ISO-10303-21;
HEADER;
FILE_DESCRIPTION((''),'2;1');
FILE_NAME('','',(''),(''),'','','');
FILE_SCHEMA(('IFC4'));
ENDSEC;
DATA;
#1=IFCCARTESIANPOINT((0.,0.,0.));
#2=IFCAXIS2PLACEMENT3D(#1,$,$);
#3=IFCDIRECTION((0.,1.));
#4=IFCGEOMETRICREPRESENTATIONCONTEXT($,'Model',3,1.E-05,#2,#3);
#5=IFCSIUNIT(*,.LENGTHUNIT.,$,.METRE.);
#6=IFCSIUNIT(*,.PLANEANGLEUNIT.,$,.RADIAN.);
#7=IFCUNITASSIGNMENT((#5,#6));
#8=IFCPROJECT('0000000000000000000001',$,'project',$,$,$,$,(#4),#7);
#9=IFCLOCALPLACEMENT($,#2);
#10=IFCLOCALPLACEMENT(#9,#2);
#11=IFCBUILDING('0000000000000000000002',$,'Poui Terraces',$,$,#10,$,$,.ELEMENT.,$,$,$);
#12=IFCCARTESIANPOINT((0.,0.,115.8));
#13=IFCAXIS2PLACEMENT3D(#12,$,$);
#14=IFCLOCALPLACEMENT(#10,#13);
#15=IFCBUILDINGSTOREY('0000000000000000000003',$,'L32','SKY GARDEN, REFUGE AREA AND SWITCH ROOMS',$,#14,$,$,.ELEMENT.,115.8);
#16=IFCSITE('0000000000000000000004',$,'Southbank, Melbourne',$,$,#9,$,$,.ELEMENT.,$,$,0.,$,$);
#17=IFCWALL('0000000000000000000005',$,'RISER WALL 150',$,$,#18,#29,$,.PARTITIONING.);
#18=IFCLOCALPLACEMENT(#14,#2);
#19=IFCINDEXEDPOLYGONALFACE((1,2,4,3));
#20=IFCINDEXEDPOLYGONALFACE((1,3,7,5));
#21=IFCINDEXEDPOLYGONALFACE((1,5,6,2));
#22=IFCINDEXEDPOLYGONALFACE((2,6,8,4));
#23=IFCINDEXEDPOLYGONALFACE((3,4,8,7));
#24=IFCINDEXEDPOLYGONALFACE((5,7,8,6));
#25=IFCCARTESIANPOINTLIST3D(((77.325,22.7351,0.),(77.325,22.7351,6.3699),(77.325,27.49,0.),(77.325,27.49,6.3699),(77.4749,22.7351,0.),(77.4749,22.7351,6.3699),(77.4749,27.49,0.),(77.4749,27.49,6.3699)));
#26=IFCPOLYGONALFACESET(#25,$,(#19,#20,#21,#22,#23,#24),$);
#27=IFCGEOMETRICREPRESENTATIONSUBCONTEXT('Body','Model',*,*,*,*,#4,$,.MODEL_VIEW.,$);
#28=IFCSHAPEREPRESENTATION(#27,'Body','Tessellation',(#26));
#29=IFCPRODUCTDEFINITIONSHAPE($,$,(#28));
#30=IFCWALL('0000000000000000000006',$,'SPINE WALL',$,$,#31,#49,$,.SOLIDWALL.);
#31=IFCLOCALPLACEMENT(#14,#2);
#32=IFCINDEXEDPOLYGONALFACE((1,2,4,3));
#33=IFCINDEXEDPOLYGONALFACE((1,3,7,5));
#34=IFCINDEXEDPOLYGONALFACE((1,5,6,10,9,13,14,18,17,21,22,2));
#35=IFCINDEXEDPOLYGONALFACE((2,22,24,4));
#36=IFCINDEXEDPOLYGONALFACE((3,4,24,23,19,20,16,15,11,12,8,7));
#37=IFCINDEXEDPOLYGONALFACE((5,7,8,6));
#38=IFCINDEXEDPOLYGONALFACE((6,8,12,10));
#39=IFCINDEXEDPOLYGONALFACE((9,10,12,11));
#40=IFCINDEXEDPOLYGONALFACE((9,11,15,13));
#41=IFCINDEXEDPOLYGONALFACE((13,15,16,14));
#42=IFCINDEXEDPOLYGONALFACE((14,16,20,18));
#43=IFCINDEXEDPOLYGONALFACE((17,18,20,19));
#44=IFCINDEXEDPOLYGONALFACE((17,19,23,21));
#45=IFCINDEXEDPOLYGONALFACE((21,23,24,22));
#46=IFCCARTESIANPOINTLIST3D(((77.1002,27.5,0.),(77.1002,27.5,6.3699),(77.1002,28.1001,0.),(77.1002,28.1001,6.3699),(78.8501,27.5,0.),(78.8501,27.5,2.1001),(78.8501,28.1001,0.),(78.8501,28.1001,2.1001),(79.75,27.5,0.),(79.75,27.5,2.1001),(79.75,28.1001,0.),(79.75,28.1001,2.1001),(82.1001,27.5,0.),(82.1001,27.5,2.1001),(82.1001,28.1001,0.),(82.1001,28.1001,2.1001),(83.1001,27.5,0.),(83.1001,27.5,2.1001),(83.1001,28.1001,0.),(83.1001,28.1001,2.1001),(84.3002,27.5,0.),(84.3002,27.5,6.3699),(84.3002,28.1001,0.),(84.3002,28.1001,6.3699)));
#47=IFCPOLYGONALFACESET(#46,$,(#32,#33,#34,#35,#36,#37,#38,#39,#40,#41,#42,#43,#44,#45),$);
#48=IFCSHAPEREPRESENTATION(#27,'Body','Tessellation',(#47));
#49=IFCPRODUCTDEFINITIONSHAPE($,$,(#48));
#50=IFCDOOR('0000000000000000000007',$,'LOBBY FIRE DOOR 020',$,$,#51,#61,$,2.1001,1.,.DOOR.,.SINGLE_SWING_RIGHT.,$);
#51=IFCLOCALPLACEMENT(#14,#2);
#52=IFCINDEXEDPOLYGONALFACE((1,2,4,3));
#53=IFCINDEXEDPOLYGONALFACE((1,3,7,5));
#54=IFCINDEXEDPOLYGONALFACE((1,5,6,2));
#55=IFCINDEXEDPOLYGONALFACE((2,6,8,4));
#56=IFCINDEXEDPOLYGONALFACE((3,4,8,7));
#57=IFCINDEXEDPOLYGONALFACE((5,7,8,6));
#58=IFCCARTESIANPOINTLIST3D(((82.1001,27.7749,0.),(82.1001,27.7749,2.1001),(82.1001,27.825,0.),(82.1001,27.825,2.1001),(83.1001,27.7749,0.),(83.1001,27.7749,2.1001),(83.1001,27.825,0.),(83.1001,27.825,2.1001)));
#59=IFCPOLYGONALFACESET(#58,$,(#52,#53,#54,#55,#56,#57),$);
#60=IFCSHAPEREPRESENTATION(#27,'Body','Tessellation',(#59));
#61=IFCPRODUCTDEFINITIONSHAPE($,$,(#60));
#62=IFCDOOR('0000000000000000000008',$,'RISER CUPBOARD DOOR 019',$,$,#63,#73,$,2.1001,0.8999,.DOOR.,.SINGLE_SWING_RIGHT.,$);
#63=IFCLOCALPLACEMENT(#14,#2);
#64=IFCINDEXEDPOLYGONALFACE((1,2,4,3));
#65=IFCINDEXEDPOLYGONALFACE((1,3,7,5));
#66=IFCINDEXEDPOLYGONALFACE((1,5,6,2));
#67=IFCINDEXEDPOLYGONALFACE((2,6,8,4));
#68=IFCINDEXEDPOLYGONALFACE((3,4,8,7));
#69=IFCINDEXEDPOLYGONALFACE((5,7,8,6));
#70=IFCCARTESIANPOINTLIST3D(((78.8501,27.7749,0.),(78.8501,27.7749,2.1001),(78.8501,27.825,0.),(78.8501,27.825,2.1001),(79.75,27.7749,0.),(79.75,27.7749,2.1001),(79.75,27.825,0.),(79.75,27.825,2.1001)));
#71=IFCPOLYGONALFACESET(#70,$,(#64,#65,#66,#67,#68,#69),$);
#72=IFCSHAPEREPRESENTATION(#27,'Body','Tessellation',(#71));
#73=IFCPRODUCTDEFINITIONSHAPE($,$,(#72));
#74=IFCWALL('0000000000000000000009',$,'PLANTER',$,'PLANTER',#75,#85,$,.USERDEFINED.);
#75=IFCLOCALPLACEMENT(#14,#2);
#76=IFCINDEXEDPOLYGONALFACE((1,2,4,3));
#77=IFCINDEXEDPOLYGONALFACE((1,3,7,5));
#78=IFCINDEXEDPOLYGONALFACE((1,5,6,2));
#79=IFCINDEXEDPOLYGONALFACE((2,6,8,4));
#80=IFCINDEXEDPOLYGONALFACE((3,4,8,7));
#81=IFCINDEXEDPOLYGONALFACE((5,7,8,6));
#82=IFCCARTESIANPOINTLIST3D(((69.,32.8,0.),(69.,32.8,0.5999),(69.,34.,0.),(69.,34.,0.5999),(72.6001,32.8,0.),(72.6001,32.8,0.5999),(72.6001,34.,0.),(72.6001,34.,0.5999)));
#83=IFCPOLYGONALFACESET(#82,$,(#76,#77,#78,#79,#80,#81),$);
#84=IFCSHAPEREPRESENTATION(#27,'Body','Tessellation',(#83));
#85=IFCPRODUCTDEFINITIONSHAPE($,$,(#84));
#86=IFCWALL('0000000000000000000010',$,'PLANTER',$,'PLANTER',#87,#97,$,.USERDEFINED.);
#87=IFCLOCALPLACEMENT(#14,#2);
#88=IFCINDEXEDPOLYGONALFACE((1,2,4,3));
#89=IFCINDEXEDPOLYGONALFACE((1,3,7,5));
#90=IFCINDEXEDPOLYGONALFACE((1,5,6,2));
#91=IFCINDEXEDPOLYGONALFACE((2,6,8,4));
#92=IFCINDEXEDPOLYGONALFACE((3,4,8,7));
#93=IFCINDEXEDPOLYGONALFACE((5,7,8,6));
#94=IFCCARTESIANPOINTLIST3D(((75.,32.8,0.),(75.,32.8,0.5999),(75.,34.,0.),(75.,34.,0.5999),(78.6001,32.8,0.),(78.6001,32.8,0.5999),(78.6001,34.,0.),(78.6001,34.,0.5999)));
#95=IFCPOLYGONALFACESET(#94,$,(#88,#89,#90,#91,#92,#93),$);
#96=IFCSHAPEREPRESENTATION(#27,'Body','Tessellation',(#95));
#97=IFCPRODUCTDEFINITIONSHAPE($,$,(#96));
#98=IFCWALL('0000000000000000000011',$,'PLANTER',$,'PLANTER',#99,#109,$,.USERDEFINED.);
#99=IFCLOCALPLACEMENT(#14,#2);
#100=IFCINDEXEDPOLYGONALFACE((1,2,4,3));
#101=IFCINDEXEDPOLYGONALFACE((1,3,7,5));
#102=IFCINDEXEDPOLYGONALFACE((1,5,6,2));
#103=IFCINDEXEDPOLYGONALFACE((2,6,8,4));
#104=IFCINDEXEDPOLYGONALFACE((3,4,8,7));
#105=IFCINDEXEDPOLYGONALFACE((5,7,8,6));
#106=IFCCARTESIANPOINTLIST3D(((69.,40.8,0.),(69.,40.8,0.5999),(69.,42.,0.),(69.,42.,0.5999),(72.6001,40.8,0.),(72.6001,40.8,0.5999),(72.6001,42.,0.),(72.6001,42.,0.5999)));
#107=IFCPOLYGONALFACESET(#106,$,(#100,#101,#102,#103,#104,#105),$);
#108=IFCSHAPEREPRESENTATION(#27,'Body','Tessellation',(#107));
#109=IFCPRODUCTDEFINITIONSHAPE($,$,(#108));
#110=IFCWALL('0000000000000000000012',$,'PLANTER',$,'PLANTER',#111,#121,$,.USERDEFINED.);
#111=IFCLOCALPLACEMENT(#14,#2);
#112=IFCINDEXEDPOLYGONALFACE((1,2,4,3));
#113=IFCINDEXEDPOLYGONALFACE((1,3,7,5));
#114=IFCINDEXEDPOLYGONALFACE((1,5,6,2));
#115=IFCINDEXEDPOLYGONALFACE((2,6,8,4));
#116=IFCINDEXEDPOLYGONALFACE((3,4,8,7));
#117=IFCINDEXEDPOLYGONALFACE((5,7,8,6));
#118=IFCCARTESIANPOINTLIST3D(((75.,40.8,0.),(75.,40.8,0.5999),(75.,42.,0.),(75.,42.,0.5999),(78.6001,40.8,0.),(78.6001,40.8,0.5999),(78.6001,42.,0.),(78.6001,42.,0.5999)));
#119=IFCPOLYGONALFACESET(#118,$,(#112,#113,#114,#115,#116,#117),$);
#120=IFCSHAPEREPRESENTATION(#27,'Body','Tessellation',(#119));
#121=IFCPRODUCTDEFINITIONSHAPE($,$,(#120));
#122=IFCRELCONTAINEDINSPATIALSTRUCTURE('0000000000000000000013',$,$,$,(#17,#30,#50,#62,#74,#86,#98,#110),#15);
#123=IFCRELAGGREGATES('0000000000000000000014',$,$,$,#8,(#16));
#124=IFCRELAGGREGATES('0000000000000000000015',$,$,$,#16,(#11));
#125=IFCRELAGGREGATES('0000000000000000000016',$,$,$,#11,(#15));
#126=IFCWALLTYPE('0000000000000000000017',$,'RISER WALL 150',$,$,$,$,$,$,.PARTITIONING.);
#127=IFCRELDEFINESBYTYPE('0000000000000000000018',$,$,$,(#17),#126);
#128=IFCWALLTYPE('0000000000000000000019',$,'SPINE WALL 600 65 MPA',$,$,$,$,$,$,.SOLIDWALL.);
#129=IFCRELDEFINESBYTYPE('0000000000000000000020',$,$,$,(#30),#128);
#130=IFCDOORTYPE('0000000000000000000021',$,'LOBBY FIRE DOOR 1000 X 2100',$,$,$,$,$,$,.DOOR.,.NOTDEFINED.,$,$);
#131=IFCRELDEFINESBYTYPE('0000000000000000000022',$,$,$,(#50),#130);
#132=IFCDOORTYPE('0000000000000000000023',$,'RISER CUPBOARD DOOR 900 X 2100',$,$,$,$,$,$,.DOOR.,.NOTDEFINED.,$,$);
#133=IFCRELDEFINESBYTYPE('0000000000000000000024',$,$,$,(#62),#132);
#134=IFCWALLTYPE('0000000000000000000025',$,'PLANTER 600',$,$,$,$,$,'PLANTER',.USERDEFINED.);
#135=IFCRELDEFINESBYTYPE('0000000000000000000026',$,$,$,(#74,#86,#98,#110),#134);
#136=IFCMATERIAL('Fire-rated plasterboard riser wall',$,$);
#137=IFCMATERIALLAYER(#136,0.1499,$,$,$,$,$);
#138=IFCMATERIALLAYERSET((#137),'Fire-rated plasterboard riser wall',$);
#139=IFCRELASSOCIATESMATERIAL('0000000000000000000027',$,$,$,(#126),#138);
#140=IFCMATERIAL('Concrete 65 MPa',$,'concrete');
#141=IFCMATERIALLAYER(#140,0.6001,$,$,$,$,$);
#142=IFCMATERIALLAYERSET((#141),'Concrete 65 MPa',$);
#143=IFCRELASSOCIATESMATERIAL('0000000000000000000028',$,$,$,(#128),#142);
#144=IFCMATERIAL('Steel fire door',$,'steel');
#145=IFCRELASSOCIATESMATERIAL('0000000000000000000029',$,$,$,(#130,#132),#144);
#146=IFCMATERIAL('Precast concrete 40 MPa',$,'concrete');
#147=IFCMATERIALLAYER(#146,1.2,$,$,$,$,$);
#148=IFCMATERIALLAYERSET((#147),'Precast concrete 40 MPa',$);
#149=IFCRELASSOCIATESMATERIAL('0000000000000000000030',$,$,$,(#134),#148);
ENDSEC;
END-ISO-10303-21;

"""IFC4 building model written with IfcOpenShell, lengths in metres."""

from ifc_helpers import new_model, si_unit, direction, frame, frame_2d, origin, place, context, subcontext, project, spatial, polyline, rectangle, outline, extrude, source, transform, mapped, material, layer, layer_set, type_object, element, fill, save


model = new_model("IFC4")

# Units and contexts
model_context = context("Model", 3, precision=1e-05, world=origin(), true_north=direction((0.0, 1.0)))
body_context = subcontext(model_context, "Body", "Model", "MODEL_VIEW")
ifc_project = project(units=[si_unit("LENGTHUNIT", "METRE"), si_unit("PLANEANGLEUNIT", "RADIAN")], contexts=[model_context])

# Site, building, storey
site_placement = place(None, origin())
site = spatial("IfcSite", under=ifc_project, at=site_placement, Name="Southbank, Melbourne", CompositionType="ELEMENT", RefElevation=0.0)
building_placement = place(site_placement, origin())
building = spatial("IfcBuilding", under=site, at=building_placement, Name="Poui Terraces", CompositionType="ELEMENT")
storey_placement = place(building_placement, frame((0.0, 0.0, 115.8)))
storey = spatial("IfcBuildingStorey", under=building, at=storey_placement, Name="L32", Description="SKY GARDEN, REFUGE AREA AND SWITCH ROOMS", CompositionType="ELEMENT", Elevation=115.8)

# Shared definitions
ifc_material_1 = material(Name="Concrete 65 MPa", Category="concrete")

# Shared definitions
ifc_material_2 = material(Name="Steel fire door", Category="steel")

# Wall
ifc_material_3 = material(Name="Fire-rated plasterboard riser wall")
ifc_layer_1 = layer(ifc_material_3, 0.1499)
ifc_layer_set_1 = layer_set([ifc_layer_1], Name="Fire-rated plasterboard riser wall")
wall_type_1 = type_object("IfcWallType", Name="RISER WALL 150", PredefinedType="PARTITIONING", material=ifc_layer_set_1)
for number, where, z_axis, x_axis, name in (
    (1, (77.3999, 22.7351, 0.0), (0.0, 0.0, 1.0), (0.0, 1.0, 0.0), "RISER WALL 150"),
):
    element("IfcWall", number, at=place(storey_placement, frame(where, z_axis=z_axis, x_axis=x_axis)), inside=storey, type_object=wall_type_1, Name=name, PredefinedType="PARTITIONING", context=body_context, shape_type="SweptSolid", body=[
        extrude(rectangle(XDim=4.7549, YDim=0.1499, at=frame_2d((2.3774, 0.0))), origin(), (0.0, 0.0, 1.0), 6.3699),
    ])

# Wall, openings, doors
ifc_layer_2 = layer(ifc_material_1, 0.6001)
ifc_layer_set_2 = layer_set([ifc_layer_2], Name="Concrete 65 MPa")
wall_type_2 = type_object("IfcWallType", Name="SPINE WALL 600 65 MPA", PredefinedType="SOLIDWALL", material=ifc_layer_set_2)
wall_1_placement = place(storey_placement, frame((77.1001, 27.8, 0.0), z_axis=(0.0, 0.0, 1.0), x_axis=(1.0, 0.0, 0.0)))
wall_1 = element("IfcWall", 2, at=wall_1_placement, inside=storey, type_object=wall_type_2, Name="SPINE WALL", PredefinedType="SOLIDWALL", context=body_context, shape_type="SweptSolid", body=[
    extrude(rectangle(XDim=7.2, YDim=0.6001, at=frame_2d((3.6001, 0.0))), origin(), (0.0, 0.0, 1.0), 6.3699),
])
opening_1_placement = place(wall_1_placement, frame((1.75, 0.0, 0.0)))
opening_1 = element("IfcOpeningElement", 3, at=opening_1_placement, cuts=wall_1, PredefinedType="OPENING", context=body_context, shape_type="SweptSolid", body=[
    extrude(rectangle(XDim=0.8999, YDim=2.1001, at=frame_2d((0.45, 1.05))), frame((0.0, 0.3101, 0.0), z_axis=(0.0, -1.0, 0.0), x_axis=(1.0, 0.0, 0.0)), (0.0, 0.0, 1.0), 0.6201),
])
opening_2_placement = place(wall_1_placement, frame((5.0, 0.0, 0.0)))
opening_2 = element("IfcOpeningElement", 4, at=opening_2_placement, cuts=wall_1, PredefinedType="OPENING", context=body_context, shape_type="SweptSolid", body=[
    extrude(rectangle(XDim=1.0, YDim=2.1001, at=frame_2d((0.5, 1.05))), frame((0.0, 0.3101, 0.0), z_axis=(0.0, -1.0, 0.0), x_axis=(1.0, 0.0, 0.0)), (0.0, 0.0, 1.0), 0.6201),
])
door_type_1 = type_object("IfcDoorType", Name="LOBBY FIRE DOOR 1000 X 2100", OperationType="NOTDEFINED", PredefinedType="DOOR", material=ifc_material_2)
door_1_placement = place(opening_2_placement, origin())
door_1 = element("IfcDoor", 5, at=door_1_placement, inside=storey, type_object=door_type_1, Name="LOBBY FIRE DOOR 020", OperationType="SINGLE_SWING_RIGHT", OverallHeight=2.1001, OverallWidth=1.0, PredefinedType="DOOR", context=body_context, shape_type="SweptSolid", body=[
    extrude(rectangle(XDim=1.0, YDim=2.1001, at=frame_2d((0.5, 1.05))), frame((0.0, 0.0249, 0.0), z_axis=(0.0, -1.0, 0.0), x_axis=(1.0, 0.0, 0.0)), (0.0, 0.0, 1.0), 0.05),
])
fill(opening_2, door_1)
door_type_2 = type_object("IfcDoorType", Name="RISER CUPBOARD DOOR 900 X 2100", OperationType="NOTDEFINED", PredefinedType="DOOR", material=ifc_material_2)
door_2_placement = place(opening_1_placement, origin())
door_2 = element("IfcDoor", 6, at=door_2_placement, inside=storey, type_object=door_type_2, Name="RISER CUPBOARD DOOR 019", OperationType="SINGLE_SWING_RIGHT", OverallHeight=2.1001, OverallWidth=0.8999, PredefinedType="DOOR", context=body_context, shape_type="SweptSolid", body=[
    extrude(rectangle(XDim=0.8999, YDim=2.1001, at=frame_2d((0.45, 1.05))), frame((0.0, 0.0249, 0.0), z_axis=(0.0, -1.0, 0.0), x_axis=(1.0, 0.0, 0.0)), (0.0, 0.0, 1.0), 0.05),
])
fill(opening_1, door_2)

# Walls
ifc_material_4 = material(Name="Precast concrete 40 MPa", Category="concrete")
ifc_layer_3 = layer(ifc_material_4, 1.2)
ifc_layer_set_3 = layer_set([ifc_layer_3], Name="Precast concrete 40 MPa")
wall_type_3 = type_object("IfcWallType", Name="PLANTER 600", ElementType="PLANTER", PredefinedType="USERDEFINED", material=ifc_layer_set_3)
shared_shape_1 = source(origin(), body_context, "Body", "SweptSolid", [
    extrude(outline(polyline([(0.0, 0.0), (3.6001, 0.0), (3.6001, 1.2), (0.0, 1.2), (0.0, 0.0)])), origin(), (0.0, 0.0, 1.0), 0.5999),
])
for number, where, name in (
    (7, (69.0, 32.8, 0.0), "PLANTER"),
    (8, (75.0, 32.8, 0.0), "PLANTER"),
    (9, (69.0, 40.8, 0.0), "PLANTER"),
    (10, (75.0, 40.8, 0.0), "PLANTER"),
):
    element("IfcWall", number, at=place(storey_placement, frame(where)), inside=storey, type_object=wall_type_3, Name=name, ObjectType="PLANTER", PredefinedType="USERDEFINED", context=body_context, shape_type="MappedRepresentation", body=[
        mapped(shared_shape_1, transform((0.0, 0.0, 0.0))),
    ])

save(model, "model.ifc")
